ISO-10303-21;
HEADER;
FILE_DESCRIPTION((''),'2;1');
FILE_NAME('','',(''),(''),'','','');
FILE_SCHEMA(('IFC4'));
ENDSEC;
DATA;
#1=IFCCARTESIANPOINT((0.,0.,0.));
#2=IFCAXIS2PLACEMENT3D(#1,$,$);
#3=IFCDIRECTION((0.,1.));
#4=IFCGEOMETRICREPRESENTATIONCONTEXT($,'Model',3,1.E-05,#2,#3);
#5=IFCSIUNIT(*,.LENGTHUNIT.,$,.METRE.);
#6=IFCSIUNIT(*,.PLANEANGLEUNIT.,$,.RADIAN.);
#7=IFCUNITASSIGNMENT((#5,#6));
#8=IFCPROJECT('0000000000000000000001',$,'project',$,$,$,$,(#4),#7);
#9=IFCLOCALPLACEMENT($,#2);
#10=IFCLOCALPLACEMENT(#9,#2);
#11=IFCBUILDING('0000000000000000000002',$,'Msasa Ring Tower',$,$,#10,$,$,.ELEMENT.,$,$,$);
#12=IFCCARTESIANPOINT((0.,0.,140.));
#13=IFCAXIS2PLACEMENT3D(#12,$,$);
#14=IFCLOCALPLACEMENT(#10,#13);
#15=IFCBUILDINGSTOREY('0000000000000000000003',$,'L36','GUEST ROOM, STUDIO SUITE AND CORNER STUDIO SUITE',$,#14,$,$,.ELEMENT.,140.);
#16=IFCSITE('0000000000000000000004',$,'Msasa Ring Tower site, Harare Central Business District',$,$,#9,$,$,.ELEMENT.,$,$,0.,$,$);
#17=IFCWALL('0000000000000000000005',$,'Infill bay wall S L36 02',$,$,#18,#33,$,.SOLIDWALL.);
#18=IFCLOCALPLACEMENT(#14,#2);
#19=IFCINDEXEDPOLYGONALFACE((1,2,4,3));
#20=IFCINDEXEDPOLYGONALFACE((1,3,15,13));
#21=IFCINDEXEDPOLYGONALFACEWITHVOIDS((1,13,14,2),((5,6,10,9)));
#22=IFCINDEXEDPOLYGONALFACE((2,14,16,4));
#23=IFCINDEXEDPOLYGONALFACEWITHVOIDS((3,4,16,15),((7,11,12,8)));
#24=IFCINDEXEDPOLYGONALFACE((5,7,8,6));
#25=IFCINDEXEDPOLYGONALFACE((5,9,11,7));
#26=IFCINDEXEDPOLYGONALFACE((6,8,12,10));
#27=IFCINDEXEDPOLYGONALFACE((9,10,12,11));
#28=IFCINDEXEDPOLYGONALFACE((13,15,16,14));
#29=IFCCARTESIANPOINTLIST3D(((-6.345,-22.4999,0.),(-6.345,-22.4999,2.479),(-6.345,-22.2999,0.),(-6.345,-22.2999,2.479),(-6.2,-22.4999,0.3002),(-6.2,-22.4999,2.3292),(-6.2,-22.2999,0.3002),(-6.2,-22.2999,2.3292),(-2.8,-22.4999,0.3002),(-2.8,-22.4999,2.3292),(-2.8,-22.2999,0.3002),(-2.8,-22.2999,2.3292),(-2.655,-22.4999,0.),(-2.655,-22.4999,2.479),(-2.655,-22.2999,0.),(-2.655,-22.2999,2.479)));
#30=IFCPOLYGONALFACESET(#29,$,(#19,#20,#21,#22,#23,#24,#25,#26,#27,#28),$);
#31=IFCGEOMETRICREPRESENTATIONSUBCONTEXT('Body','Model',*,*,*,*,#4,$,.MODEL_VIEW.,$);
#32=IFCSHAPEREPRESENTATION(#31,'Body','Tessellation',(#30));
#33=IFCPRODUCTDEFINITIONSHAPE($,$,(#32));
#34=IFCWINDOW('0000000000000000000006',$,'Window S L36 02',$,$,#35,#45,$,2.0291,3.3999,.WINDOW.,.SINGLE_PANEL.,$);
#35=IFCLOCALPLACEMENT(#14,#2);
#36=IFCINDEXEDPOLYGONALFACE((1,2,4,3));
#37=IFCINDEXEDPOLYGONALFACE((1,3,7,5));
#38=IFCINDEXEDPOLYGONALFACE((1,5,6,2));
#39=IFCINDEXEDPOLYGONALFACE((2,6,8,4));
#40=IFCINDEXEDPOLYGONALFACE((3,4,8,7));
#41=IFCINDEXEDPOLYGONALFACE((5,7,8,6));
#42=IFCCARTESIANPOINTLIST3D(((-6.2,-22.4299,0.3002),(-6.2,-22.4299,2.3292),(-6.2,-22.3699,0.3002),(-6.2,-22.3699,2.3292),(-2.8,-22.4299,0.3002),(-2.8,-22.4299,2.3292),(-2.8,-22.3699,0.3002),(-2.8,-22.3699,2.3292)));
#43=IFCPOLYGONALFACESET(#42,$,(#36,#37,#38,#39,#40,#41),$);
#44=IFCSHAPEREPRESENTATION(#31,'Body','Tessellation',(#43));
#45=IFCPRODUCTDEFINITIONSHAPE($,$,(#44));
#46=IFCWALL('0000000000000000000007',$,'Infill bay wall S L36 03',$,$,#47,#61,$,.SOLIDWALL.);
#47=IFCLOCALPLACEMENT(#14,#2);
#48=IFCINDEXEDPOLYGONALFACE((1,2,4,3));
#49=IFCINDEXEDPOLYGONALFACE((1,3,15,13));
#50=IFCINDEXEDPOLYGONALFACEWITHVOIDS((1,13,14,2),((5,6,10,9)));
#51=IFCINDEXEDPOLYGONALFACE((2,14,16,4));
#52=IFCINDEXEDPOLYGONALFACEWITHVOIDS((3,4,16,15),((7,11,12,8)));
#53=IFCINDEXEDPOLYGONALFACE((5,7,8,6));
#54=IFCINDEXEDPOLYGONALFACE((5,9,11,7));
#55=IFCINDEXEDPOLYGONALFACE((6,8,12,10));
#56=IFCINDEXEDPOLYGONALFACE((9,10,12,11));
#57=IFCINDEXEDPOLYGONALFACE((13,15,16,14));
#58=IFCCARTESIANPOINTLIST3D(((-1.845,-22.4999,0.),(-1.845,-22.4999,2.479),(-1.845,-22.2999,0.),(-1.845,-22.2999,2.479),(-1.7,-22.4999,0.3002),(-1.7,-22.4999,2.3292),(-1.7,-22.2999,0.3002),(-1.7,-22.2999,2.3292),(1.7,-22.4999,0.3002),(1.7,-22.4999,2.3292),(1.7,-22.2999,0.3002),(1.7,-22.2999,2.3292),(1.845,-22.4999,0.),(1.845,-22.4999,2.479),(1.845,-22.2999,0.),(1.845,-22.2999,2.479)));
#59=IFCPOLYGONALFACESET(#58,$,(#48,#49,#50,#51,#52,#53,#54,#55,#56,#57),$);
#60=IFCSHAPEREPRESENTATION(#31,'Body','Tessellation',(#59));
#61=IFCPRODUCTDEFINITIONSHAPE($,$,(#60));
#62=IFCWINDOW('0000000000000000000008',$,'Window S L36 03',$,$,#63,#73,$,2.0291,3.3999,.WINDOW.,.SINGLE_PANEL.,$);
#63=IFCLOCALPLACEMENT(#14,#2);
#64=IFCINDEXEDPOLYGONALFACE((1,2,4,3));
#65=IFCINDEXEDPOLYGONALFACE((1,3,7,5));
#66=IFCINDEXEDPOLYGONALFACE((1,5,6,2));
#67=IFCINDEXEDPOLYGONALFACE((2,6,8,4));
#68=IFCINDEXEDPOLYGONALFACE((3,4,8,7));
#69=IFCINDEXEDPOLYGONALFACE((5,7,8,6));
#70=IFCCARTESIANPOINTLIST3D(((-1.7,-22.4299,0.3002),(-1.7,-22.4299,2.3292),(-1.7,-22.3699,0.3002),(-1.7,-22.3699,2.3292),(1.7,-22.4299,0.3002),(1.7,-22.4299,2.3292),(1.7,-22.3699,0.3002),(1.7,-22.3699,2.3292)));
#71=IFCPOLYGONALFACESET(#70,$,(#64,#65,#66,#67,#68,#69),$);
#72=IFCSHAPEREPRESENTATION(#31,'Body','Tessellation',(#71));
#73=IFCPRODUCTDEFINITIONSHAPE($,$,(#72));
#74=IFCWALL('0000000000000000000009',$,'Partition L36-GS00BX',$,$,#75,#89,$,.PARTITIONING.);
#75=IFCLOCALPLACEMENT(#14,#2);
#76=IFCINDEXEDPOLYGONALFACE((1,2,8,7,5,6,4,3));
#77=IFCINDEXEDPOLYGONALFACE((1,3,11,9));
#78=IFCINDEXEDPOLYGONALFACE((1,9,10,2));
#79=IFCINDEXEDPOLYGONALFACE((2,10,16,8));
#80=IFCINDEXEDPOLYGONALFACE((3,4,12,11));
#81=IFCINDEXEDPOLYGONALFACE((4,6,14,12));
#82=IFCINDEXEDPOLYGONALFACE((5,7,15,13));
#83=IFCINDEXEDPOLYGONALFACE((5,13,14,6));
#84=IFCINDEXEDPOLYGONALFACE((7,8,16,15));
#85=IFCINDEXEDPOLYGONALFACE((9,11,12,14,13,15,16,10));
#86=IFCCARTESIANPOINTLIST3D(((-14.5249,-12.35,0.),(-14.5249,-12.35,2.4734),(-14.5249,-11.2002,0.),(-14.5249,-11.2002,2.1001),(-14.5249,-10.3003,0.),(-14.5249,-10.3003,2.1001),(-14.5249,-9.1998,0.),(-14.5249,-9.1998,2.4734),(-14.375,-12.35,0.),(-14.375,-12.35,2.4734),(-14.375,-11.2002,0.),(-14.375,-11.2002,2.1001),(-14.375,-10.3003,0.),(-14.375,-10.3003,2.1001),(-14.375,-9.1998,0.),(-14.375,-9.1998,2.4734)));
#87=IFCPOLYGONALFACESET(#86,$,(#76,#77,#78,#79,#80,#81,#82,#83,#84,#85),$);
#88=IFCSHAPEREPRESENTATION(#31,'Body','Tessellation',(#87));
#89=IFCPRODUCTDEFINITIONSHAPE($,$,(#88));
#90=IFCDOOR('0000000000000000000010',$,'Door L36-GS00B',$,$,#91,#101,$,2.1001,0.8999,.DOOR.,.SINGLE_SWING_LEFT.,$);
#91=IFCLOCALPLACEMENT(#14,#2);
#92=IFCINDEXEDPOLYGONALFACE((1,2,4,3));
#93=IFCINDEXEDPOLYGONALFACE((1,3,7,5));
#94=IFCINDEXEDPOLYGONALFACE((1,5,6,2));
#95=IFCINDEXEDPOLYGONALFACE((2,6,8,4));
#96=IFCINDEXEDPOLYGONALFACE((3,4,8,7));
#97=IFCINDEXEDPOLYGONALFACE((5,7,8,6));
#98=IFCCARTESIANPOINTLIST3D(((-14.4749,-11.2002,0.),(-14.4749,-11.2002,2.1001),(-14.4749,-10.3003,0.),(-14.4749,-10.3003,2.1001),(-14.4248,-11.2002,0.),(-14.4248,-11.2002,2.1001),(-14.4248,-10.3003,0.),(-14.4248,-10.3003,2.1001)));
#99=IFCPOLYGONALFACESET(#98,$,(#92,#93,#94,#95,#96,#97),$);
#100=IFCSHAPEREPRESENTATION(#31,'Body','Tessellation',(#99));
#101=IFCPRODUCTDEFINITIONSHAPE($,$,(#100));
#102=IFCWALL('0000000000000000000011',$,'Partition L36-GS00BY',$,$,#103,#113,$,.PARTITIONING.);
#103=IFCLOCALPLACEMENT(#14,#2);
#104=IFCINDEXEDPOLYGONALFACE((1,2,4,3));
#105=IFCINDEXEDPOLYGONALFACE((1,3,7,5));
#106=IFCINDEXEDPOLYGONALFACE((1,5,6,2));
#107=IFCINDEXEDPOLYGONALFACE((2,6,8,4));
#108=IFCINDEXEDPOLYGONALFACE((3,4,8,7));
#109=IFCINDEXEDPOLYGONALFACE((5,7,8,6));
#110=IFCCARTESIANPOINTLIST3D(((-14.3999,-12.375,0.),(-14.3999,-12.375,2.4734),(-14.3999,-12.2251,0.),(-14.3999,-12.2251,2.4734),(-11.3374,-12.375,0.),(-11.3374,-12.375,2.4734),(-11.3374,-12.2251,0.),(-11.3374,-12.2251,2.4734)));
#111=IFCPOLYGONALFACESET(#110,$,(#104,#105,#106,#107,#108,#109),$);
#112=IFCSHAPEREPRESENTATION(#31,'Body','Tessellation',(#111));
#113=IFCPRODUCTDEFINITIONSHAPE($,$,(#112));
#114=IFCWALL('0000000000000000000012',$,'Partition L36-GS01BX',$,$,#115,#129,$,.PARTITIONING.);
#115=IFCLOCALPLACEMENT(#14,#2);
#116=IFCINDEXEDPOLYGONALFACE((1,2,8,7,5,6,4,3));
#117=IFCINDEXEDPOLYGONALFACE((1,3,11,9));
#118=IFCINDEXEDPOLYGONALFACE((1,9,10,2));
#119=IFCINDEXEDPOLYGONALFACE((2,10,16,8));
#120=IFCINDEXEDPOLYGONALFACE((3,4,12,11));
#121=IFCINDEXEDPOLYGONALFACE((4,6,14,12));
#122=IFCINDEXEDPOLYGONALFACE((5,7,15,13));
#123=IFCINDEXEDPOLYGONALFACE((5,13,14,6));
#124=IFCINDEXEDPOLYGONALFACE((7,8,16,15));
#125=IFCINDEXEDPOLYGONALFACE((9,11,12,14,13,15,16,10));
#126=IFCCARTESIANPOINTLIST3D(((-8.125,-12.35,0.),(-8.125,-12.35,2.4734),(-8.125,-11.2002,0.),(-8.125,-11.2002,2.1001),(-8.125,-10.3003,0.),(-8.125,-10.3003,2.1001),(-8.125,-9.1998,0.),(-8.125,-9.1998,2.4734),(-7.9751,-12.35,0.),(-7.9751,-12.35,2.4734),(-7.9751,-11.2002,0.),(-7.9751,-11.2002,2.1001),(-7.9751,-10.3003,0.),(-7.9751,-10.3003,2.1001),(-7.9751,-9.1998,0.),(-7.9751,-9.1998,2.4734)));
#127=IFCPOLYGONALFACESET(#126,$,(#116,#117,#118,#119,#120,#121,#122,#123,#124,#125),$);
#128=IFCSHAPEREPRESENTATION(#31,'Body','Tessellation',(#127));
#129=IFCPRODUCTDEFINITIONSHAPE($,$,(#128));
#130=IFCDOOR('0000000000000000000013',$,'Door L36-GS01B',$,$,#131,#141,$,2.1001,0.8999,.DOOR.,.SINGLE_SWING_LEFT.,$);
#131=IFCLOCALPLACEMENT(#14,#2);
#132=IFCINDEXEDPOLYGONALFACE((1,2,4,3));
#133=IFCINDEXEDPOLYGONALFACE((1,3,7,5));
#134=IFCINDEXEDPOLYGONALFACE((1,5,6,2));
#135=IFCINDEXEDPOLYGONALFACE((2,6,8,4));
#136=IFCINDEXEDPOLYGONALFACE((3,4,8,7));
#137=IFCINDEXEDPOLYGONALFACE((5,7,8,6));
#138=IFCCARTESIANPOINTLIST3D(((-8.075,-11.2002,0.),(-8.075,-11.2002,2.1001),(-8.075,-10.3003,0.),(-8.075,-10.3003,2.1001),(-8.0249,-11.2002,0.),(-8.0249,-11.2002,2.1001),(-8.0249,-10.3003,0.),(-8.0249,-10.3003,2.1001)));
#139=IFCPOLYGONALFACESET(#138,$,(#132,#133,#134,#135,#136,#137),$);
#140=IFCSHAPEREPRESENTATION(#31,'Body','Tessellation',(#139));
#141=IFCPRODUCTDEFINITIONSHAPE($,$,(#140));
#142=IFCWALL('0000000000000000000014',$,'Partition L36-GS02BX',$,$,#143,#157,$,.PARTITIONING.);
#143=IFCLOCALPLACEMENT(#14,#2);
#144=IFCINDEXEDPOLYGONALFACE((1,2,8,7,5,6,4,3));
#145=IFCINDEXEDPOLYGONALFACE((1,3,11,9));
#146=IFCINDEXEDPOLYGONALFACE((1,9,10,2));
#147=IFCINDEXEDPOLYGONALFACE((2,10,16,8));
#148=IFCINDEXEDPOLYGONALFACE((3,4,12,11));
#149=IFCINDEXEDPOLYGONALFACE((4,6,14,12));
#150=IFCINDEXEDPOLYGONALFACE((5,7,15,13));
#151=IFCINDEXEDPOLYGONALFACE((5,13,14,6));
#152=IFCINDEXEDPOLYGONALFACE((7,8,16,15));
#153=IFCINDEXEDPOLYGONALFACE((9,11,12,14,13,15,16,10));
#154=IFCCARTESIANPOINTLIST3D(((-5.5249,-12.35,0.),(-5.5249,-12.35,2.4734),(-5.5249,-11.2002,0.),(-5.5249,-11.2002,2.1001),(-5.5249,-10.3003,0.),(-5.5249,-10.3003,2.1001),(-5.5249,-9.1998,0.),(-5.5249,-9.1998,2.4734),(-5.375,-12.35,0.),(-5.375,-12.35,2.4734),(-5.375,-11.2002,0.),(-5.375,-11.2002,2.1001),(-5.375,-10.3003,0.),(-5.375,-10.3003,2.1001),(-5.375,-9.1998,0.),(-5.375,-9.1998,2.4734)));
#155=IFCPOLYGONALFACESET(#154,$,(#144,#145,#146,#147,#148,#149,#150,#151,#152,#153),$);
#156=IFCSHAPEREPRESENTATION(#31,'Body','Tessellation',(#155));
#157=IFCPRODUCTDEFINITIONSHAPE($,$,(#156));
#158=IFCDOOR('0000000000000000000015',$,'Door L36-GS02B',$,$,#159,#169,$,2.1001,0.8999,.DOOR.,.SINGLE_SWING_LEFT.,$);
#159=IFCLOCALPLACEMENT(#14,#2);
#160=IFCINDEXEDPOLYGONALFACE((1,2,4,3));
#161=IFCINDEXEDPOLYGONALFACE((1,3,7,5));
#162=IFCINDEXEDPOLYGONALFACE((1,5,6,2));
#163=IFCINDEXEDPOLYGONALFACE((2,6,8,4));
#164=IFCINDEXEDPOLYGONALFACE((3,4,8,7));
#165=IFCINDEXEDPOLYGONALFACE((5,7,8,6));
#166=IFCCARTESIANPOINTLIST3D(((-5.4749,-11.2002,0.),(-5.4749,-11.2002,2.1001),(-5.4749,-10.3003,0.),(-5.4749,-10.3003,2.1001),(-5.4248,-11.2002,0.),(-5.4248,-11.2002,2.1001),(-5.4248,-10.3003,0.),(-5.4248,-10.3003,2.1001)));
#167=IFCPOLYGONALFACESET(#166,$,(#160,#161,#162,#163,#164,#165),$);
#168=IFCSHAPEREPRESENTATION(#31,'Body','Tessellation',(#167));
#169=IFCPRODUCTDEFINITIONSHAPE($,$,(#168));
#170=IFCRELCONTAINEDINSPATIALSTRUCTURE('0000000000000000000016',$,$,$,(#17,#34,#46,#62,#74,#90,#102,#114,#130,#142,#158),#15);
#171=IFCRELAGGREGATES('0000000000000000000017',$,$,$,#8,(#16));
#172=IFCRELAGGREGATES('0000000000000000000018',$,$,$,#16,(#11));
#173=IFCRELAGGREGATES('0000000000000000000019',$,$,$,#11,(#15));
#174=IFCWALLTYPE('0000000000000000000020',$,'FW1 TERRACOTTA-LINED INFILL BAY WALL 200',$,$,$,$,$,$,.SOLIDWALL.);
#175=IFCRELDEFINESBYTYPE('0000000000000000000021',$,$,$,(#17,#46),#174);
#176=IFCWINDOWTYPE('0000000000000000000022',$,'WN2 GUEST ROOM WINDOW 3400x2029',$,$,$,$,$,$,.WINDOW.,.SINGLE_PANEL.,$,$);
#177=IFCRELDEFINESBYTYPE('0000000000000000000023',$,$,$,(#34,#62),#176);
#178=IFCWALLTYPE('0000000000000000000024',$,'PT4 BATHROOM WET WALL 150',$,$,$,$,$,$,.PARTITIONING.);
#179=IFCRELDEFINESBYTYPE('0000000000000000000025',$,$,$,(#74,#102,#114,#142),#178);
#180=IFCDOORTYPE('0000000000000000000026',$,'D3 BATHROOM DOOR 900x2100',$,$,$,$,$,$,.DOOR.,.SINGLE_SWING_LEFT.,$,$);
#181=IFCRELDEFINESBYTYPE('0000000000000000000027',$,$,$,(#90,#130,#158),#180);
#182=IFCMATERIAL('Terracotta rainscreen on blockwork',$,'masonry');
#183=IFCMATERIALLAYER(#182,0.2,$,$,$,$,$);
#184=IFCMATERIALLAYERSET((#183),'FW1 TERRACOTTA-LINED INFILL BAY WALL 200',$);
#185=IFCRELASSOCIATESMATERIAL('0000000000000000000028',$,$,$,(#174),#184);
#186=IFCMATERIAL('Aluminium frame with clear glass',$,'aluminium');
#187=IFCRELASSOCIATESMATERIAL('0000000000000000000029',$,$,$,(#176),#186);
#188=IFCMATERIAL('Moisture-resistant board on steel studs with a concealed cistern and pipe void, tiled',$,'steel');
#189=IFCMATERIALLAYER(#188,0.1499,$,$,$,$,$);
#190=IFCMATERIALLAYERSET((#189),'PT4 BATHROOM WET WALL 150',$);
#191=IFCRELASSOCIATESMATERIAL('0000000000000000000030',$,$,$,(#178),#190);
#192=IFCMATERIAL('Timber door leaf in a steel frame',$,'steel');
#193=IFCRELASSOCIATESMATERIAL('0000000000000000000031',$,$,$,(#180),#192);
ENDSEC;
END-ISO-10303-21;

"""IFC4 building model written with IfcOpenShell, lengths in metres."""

from ifc_helpers import new_model, si_unit, direction, frame, frame_2d, origin, place, context, subcontext, project, spatial, rectangle, extrude, material, layer, layer_set, type_object, element, fill, save


model = new_model("IFC4")

# Units and contexts
model_context = context("Model", 3, precision=1e-05, world=origin(), true_north=direction((0.0, 1.0)))
body_context = subcontext(model_context, "Body", "Model", "MODEL_VIEW")
ifc_project = project(units=[si_unit("LENGTHUNIT", "METRE"), si_unit("PLANEANGLEUNIT", "RADIAN")], contexts=[model_context])

# Site, building, storey
site_placement = place(None, origin())
site = spatial("IfcSite", under=ifc_project, at=site_placement, Name="Msasa Ring Tower site, Harare Central Business District", CompositionType="ELEMENT", RefElevation=0.0)
building_placement = place(site_placement, origin())
building = spatial("IfcBuilding", under=site, at=building_placement, Name="Msasa Ring Tower", CompositionType="ELEMENT")
storey_placement = place(building_placement, frame((0.0, 0.0, 140.0)))
storey = spatial("IfcBuildingStorey", under=building, at=storey_placement, Name="L36", Description="GUEST ROOM, STUDIO SUITE AND CORNER STUDIO SUITE", CompositionType="ELEMENT", Elevation=140.0)

# Walls, openings, windows
ifc_material_1 = material(Name="Terracotta rainscreen on blockwork", Category="masonry")
ifc_layer_1 = layer(ifc_material_1, 0.2)
ifc_layer_set_1 = layer_set([ifc_layer_1], Name="FW1 TERRACOTTA-LINED INFILL BAY WALL 200")
wall_type_1 = type_object("IfcWallType", Name="FW1 TERRACOTTA-LINED INFILL BAY WALL 200", PredefinedType="SOLIDWALL", material=ifc_layer_set_1)
ifc_material_2 = material(Name="Aluminium frame with clear glass", Category="aluminium")
window_type = type_object("IfcWindowType", Name="WN2 GUEST ROOM WINDOW 3400x2029", PartitioningType="SINGLE_PANEL", PredefinedType="WINDOW", material=ifc_material_2)
wall_1_placement = place(storey_placement, frame((-6.345, -22.3999, 0.0), z_axis=(0.0, 0.0, 1.0), x_axis=(1.0, 0.0, 0.0)))
wall_1 = element("IfcWall", 1, at=wall_1_placement, inside=storey, type_object=wall_type_1, Name="Infill bay wall S L36 02", PredefinedType="SOLIDWALL", context=body_context, shape_type="SweptSolid", body=[
    extrude(rectangle(XDim=3.6899, YDim=0.2, at=frame_2d((1.845, 0.0))), origin(), (0.0, 0.0, 1.0), 2.479),
])
opening_1_placement = place(wall_1_placement, frame((0.145, 0.0, 0.3)))
opening_1 = element("IfcOpeningElement", 2, at=opening_1_placement, cuts=wall_1, PredefinedType="OPENING", context=body_context, shape_type="SweptSolid", body=[
    extrude(rectangle(XDim=3.3999, YDim=2.0291, at=frame_2d((1.7, 1.0146))), frame((0.0, 0.1099, 0.0), z_axis=(0.0, -1.0, 0.0), x_axis=(1.0, 0.0, 0.0)), (0.0, 0.0, 1.0), 0.22),
])
window_1_placement = place(opening_1_placement, origin())
window_1 = element("IfcWindow", 3, at=window_1_placement, inside=storey, type_object=window_type, Name="Window S L36 02", OverallHeight=2.0291, OverallWidth=3.3999, PartitioningType="SINGLE_PANEL", PredefinedType="WINDOW", context=body_context, shape_type="SweptSolid", body=[
    extrude(rectangle(XDim=3.3999, YDim=2.0291, at=frame_2d((1.7, 1.0146))), frame((0.0, 0.03, 0.0), z_axis=(0.0, -1.0, 0.0), x_axis=(1.0, 0.0, 0.0)), (0.0, 0.0, 1.0), 0.0601),
])
fill(opening_1, window_1)
wall_2_placement = place(storey_placement, frame((-1.845, -22.3999, 0.0), z_axis=(0.0, 0.0, 1.0), x_axis=(1.0, 0.0, 0.0)))
wall_2 = element("IfcWall", 4, at=wall_2_placement, inside=storey, type_object=wall_type_1, Name="Infill bay wall S L36 03", PredefinedType="SOLIDWALL", context=body_context, shape_type="SweptSolid", body=[
    extrude(rectangle(XDim=3.6899, YDim=0.2, at=frame_2d((1.845, 0.0))), origin(), (0.0, 0.0, 1.0), 2.479),
])
opening_2_placement = place(wall_2_placement, frame((0.145, 0.0, 0.3)))
opening_2 = element("IfcOpeningElement", 5, at=opening_2_placement, cuts=wall_2, PredefinedType="OPENING", context=body_context, shape_type="SweptSolid", body=[
    extrude(rectangle(XDim=3.3999, YDim=2.0291, at=frame_2d((1.7, 1.0146))), frame((0.0, 0.1099, 0.0), z_axis=(0.0, -1.0, 0.0), x_axis=(1.0, 0.0, 0.0)), (0.0, 0.0, 1.0), 0.22),
])
window_2_placement = place(opening_2_placement, origin())
window_2 = element("IfcWindow", 6, at=window_2_placement, inside=storey, type_object=window_type, Name="Window S L36 03", OverallHeight=2.0291, OverallWidth=3.3999, PartitioningType="SINGLE_PANEL", PredefinedType="WINDOW", context=body_context, shape_type="SweptSolid", body=[
    extrude(rectangle(XDim=3.3999, YDim=2.0291, at=frame_2d((1.7, 1.0146))), frame((0.0, 0.03, 0.0), z_axis=(0.0, -1.0, 0.0), x_axis=(1.0, 0.0, 0.0)), (0.0, 0.0, 1.0), 0.0601),
])
fill(opening_2, window_2)

# Wall, opening, door
ifc_material_3 = material(Name="Moisture-resistant board on steel studs with a concealed cistern and pipe void, tiled", Category="steel")
ifc_layer_2 = layer(ifc_material_3, 0.1499)
ifc_layer_set_2 = layer_set([ifc_layer_2], Name="PT4 BATHROOM WET WALL 150")
wall_type_2 = type_object("IfcWallType", Name="PT4 BATHROOM WET WALL 150", PredefinedType="PARTITIONING", material=ifc_layer_set_2)
wall_3_placement = place(storey_placement, frame((-14.45, -12.3501, 0.0), z_axis=(0.0, 0.0, 1.0), x_axis=(0.0, 1.0, 0.0)))
wall_3 = element("IfcWall", 7, at=wall_3_placement, inside=storey, type_object=wall_type_2, Name="Partition L36-GS00BX", PredefinedType="PARTITIONING", context=body_context, shape_type="SweptSolid", body=[
    extrude(rectangle(XDim=3.1501, YDim=0.1499, at=frame_2d((1.5752, 0.0))), origin(), (0.0, 0.0, 1.0), 2.4734),
])
opening_3_placement = place(wall_3_placement, frame((1.1499, 0.0, 0.0)))
opening_3 = element("IfcOpeningElement", 8, at=opening_3_placement, cuts=wall_3, PredefinedType="OPENING", context=body_context, shape_type="SweptSolid", body=[
    extrude(rectangle(XDim=0.8999, YDim=2.1001, at=frame_2d((0.45, 1.05))), frame((0.0, 0.085, 0.0), z_axis=(0.0, -1.0, 0.0), x_axis=(1.0, 0.0, 0.0)), (0.0, 0.0, 1.0), 0.1699),
])
ifc_material_4 = material(Name="Timber door leaf in a steel frame", Category="steel")
door_type = type_object("IfcDoorType", Name="D3 BATHROOM DOOR 900x2100", OperationType="SINGLE_SWING_LEFT", PredefinedType="DOOR", material=ifc_material_4)
door_1_placement = place(opening_3_placement, origin())
door_1 = element("IfcDoor", 9, at=door_1_placement, inside=storey, type_object=door_type, Name="Door L36-GS00B", OperationType="SINGLE_SWING_LEFT", OverallHeight=2.1001, OverallWidth=0.8999, PredefinedType="DOOR", context=body_context, shape_type="SweptSolid", body=[
    extrude(rectangle(XDim=0.8999, YDim=2.1001, at=frame_2d((0.45, 1.05))), frame((0.0, 0.0249, 0.0), z_axis=(0.0, -1.0, 0.0), x_axis=(1.0, 0.0, 0.0)), (0.0, 0.0, 1.0), 0.05),
])
fill(opening_3, door_1)

# Wall
wall_4_placement = place(storey_placement, frame((-14.3999, -12.3, 0.0), z_axis=(0.0, 0.0, 1.0), x_axis=(1.0, 0.0, 0.0)))
element("IfcWall", 10, at=wall_4_placement, inside=storey, type_object=wall_type_2, Name="Partition L36-GS00BY", PredefinedType="PARTITIONING", context=body_context, shape_type="SweptSolid", body=[
    extrude(rectangle(XDim=3.0625, YDim=0.1499, at=frame_2d((1.5312, 0.0))), origin(), (0.0, 0.0, 1.0), 2.4734),
])

# Walls, openings, doors
wall_5_placement = place(storey_placement, frame((-8.05, -12.3501, 0.0), z_axis=(0.0, 0.0, 1.0), x_axis=(0.0, 1.0, 0.0)))
wall_5 = element("IfcWall", 11, at=wall_5_placement, inside=storey, type_object=wall_type_2, Name="Partition L36-GS01BX", PredefinedType="PARTITIONING", context=body_context, shape_type="SweptSolid", body=[
    extrude(rectangle(XDim=3.1501, YDim=0.1499, at=frame_2d((1.5752, 0.0))), origin(), (0.0, 0.0, 1.0), 2.4734),
])
opening_4_placement = place(wall_5_placement, frame((1.1499, 0.0, 0.0)))
opening_4 = element("IfcOpeningElement", 12, at=opening_4_placement, cuts=wall_5, PredefinedType="OPENING", context=body_context, shape_type="SweptSolid", body=[
    extrude(rectangle(XDim=0.8999, YDim=2.1001, at=frame_2d((0.45, 1.05))), frame((0.0, 0.085, 0.0), z_axis=(0.0, -1.0, 0.0), x_axis=(1.0, 0.0, 0.0)), (0.0, 0.0, 1.0), 0.1699),
])
door_2_placement = place(opening_4_placement, origin())
door_2 = element("IfcDoor", 13, at=door_2_placement, inside=storey, type_object=door_type, Name="Door L36-GS01B", OperationType="SINGLE_SWING_LEFT", OverallHeight=2.1001, OverallWidth=0.8999, PredefinedType="DOOR", context=body_context, shape_type="SweptSolid", body=[
    extrude(rectangle(XDim=0.8999, YDim=2.1001, at=frame_2d((0.45, 1.05))), frame((0.0, 0.0249, 0.0), z_axis=(0.0, -1.0, 0.0), x_axis=(1.0, 0.0, 0.0)), (0.0, 0.0, 1.0), 0.05),
])
fill(opening_4, door_2)
wall_6_placement = place(storey_placement, frame((-5.45, -12.3501, 0.0), z_axis=(0.0, 0.0, 1.0), x_axis=(0.0, 1.0, 0.0)))
wall_6 = element("IfcWall", 14, at=wall_6_placement, inside=storey, type_object=wall_type_2, Name="Partition L36-GS02BX", PredefinedType="PARTITIONING", context=body_context, shape_type="SweptSolid", body=[
    extrude(rectangle(XDim=3.1501, YDim=0.1499, at=frame_2d((1.5752, 0.0))), origin(), (0.0, 0.0, 1.0), 2.4734),
])
opening_5_placement = place(wall_6_placement, frame((1.1499, 0.0, 0.0)))
opening_5 = element("IfcOpeningElement", 15, at=opening_5_placement, cuts=wall_6, PredefinedType="OPENING", context=body_context, shape_type="SweptSolid", body=[
    extrude(rectangle(XDim=0.8999, YDim=2.1001, at=frame_2d((0.45, 1.05))), frame((0.0, 0.085, 0.0), z_axis=(0.0, -1.0, 0.0), x_axis=(1.0, 0.0, 0.0)), (0.0, 0.0, 1.0), 0.1699),
])
door_3_placement = place(opening_5_placement, origin())
door_3 = element("IfcDoor", 16, at=door_3_placement, inside=storey, type_object=door_type, Name="Door L36-GS02B", OperationType="SINGLE_SWING_LEFT", OverallHeight=2.1001, OverallWidth=0.8999, PredefinedType="DOOR", context=body_context, shape_type="SweptSolid", body=[
    extrude(rectangle(XDim=0.8999, YDim=2.1001, at=frame_2d((0.45, 1.05))), frame((0.0, 0.0249, 0.0), z_axis=(0.0, -1.0, 0.0), x_axis=(1.0, 0.0, 0.0)), (0.0, 0.0, 1.0), 0.05),
])
fill(opening_5, door_3)

save(model, "model.ifc")
